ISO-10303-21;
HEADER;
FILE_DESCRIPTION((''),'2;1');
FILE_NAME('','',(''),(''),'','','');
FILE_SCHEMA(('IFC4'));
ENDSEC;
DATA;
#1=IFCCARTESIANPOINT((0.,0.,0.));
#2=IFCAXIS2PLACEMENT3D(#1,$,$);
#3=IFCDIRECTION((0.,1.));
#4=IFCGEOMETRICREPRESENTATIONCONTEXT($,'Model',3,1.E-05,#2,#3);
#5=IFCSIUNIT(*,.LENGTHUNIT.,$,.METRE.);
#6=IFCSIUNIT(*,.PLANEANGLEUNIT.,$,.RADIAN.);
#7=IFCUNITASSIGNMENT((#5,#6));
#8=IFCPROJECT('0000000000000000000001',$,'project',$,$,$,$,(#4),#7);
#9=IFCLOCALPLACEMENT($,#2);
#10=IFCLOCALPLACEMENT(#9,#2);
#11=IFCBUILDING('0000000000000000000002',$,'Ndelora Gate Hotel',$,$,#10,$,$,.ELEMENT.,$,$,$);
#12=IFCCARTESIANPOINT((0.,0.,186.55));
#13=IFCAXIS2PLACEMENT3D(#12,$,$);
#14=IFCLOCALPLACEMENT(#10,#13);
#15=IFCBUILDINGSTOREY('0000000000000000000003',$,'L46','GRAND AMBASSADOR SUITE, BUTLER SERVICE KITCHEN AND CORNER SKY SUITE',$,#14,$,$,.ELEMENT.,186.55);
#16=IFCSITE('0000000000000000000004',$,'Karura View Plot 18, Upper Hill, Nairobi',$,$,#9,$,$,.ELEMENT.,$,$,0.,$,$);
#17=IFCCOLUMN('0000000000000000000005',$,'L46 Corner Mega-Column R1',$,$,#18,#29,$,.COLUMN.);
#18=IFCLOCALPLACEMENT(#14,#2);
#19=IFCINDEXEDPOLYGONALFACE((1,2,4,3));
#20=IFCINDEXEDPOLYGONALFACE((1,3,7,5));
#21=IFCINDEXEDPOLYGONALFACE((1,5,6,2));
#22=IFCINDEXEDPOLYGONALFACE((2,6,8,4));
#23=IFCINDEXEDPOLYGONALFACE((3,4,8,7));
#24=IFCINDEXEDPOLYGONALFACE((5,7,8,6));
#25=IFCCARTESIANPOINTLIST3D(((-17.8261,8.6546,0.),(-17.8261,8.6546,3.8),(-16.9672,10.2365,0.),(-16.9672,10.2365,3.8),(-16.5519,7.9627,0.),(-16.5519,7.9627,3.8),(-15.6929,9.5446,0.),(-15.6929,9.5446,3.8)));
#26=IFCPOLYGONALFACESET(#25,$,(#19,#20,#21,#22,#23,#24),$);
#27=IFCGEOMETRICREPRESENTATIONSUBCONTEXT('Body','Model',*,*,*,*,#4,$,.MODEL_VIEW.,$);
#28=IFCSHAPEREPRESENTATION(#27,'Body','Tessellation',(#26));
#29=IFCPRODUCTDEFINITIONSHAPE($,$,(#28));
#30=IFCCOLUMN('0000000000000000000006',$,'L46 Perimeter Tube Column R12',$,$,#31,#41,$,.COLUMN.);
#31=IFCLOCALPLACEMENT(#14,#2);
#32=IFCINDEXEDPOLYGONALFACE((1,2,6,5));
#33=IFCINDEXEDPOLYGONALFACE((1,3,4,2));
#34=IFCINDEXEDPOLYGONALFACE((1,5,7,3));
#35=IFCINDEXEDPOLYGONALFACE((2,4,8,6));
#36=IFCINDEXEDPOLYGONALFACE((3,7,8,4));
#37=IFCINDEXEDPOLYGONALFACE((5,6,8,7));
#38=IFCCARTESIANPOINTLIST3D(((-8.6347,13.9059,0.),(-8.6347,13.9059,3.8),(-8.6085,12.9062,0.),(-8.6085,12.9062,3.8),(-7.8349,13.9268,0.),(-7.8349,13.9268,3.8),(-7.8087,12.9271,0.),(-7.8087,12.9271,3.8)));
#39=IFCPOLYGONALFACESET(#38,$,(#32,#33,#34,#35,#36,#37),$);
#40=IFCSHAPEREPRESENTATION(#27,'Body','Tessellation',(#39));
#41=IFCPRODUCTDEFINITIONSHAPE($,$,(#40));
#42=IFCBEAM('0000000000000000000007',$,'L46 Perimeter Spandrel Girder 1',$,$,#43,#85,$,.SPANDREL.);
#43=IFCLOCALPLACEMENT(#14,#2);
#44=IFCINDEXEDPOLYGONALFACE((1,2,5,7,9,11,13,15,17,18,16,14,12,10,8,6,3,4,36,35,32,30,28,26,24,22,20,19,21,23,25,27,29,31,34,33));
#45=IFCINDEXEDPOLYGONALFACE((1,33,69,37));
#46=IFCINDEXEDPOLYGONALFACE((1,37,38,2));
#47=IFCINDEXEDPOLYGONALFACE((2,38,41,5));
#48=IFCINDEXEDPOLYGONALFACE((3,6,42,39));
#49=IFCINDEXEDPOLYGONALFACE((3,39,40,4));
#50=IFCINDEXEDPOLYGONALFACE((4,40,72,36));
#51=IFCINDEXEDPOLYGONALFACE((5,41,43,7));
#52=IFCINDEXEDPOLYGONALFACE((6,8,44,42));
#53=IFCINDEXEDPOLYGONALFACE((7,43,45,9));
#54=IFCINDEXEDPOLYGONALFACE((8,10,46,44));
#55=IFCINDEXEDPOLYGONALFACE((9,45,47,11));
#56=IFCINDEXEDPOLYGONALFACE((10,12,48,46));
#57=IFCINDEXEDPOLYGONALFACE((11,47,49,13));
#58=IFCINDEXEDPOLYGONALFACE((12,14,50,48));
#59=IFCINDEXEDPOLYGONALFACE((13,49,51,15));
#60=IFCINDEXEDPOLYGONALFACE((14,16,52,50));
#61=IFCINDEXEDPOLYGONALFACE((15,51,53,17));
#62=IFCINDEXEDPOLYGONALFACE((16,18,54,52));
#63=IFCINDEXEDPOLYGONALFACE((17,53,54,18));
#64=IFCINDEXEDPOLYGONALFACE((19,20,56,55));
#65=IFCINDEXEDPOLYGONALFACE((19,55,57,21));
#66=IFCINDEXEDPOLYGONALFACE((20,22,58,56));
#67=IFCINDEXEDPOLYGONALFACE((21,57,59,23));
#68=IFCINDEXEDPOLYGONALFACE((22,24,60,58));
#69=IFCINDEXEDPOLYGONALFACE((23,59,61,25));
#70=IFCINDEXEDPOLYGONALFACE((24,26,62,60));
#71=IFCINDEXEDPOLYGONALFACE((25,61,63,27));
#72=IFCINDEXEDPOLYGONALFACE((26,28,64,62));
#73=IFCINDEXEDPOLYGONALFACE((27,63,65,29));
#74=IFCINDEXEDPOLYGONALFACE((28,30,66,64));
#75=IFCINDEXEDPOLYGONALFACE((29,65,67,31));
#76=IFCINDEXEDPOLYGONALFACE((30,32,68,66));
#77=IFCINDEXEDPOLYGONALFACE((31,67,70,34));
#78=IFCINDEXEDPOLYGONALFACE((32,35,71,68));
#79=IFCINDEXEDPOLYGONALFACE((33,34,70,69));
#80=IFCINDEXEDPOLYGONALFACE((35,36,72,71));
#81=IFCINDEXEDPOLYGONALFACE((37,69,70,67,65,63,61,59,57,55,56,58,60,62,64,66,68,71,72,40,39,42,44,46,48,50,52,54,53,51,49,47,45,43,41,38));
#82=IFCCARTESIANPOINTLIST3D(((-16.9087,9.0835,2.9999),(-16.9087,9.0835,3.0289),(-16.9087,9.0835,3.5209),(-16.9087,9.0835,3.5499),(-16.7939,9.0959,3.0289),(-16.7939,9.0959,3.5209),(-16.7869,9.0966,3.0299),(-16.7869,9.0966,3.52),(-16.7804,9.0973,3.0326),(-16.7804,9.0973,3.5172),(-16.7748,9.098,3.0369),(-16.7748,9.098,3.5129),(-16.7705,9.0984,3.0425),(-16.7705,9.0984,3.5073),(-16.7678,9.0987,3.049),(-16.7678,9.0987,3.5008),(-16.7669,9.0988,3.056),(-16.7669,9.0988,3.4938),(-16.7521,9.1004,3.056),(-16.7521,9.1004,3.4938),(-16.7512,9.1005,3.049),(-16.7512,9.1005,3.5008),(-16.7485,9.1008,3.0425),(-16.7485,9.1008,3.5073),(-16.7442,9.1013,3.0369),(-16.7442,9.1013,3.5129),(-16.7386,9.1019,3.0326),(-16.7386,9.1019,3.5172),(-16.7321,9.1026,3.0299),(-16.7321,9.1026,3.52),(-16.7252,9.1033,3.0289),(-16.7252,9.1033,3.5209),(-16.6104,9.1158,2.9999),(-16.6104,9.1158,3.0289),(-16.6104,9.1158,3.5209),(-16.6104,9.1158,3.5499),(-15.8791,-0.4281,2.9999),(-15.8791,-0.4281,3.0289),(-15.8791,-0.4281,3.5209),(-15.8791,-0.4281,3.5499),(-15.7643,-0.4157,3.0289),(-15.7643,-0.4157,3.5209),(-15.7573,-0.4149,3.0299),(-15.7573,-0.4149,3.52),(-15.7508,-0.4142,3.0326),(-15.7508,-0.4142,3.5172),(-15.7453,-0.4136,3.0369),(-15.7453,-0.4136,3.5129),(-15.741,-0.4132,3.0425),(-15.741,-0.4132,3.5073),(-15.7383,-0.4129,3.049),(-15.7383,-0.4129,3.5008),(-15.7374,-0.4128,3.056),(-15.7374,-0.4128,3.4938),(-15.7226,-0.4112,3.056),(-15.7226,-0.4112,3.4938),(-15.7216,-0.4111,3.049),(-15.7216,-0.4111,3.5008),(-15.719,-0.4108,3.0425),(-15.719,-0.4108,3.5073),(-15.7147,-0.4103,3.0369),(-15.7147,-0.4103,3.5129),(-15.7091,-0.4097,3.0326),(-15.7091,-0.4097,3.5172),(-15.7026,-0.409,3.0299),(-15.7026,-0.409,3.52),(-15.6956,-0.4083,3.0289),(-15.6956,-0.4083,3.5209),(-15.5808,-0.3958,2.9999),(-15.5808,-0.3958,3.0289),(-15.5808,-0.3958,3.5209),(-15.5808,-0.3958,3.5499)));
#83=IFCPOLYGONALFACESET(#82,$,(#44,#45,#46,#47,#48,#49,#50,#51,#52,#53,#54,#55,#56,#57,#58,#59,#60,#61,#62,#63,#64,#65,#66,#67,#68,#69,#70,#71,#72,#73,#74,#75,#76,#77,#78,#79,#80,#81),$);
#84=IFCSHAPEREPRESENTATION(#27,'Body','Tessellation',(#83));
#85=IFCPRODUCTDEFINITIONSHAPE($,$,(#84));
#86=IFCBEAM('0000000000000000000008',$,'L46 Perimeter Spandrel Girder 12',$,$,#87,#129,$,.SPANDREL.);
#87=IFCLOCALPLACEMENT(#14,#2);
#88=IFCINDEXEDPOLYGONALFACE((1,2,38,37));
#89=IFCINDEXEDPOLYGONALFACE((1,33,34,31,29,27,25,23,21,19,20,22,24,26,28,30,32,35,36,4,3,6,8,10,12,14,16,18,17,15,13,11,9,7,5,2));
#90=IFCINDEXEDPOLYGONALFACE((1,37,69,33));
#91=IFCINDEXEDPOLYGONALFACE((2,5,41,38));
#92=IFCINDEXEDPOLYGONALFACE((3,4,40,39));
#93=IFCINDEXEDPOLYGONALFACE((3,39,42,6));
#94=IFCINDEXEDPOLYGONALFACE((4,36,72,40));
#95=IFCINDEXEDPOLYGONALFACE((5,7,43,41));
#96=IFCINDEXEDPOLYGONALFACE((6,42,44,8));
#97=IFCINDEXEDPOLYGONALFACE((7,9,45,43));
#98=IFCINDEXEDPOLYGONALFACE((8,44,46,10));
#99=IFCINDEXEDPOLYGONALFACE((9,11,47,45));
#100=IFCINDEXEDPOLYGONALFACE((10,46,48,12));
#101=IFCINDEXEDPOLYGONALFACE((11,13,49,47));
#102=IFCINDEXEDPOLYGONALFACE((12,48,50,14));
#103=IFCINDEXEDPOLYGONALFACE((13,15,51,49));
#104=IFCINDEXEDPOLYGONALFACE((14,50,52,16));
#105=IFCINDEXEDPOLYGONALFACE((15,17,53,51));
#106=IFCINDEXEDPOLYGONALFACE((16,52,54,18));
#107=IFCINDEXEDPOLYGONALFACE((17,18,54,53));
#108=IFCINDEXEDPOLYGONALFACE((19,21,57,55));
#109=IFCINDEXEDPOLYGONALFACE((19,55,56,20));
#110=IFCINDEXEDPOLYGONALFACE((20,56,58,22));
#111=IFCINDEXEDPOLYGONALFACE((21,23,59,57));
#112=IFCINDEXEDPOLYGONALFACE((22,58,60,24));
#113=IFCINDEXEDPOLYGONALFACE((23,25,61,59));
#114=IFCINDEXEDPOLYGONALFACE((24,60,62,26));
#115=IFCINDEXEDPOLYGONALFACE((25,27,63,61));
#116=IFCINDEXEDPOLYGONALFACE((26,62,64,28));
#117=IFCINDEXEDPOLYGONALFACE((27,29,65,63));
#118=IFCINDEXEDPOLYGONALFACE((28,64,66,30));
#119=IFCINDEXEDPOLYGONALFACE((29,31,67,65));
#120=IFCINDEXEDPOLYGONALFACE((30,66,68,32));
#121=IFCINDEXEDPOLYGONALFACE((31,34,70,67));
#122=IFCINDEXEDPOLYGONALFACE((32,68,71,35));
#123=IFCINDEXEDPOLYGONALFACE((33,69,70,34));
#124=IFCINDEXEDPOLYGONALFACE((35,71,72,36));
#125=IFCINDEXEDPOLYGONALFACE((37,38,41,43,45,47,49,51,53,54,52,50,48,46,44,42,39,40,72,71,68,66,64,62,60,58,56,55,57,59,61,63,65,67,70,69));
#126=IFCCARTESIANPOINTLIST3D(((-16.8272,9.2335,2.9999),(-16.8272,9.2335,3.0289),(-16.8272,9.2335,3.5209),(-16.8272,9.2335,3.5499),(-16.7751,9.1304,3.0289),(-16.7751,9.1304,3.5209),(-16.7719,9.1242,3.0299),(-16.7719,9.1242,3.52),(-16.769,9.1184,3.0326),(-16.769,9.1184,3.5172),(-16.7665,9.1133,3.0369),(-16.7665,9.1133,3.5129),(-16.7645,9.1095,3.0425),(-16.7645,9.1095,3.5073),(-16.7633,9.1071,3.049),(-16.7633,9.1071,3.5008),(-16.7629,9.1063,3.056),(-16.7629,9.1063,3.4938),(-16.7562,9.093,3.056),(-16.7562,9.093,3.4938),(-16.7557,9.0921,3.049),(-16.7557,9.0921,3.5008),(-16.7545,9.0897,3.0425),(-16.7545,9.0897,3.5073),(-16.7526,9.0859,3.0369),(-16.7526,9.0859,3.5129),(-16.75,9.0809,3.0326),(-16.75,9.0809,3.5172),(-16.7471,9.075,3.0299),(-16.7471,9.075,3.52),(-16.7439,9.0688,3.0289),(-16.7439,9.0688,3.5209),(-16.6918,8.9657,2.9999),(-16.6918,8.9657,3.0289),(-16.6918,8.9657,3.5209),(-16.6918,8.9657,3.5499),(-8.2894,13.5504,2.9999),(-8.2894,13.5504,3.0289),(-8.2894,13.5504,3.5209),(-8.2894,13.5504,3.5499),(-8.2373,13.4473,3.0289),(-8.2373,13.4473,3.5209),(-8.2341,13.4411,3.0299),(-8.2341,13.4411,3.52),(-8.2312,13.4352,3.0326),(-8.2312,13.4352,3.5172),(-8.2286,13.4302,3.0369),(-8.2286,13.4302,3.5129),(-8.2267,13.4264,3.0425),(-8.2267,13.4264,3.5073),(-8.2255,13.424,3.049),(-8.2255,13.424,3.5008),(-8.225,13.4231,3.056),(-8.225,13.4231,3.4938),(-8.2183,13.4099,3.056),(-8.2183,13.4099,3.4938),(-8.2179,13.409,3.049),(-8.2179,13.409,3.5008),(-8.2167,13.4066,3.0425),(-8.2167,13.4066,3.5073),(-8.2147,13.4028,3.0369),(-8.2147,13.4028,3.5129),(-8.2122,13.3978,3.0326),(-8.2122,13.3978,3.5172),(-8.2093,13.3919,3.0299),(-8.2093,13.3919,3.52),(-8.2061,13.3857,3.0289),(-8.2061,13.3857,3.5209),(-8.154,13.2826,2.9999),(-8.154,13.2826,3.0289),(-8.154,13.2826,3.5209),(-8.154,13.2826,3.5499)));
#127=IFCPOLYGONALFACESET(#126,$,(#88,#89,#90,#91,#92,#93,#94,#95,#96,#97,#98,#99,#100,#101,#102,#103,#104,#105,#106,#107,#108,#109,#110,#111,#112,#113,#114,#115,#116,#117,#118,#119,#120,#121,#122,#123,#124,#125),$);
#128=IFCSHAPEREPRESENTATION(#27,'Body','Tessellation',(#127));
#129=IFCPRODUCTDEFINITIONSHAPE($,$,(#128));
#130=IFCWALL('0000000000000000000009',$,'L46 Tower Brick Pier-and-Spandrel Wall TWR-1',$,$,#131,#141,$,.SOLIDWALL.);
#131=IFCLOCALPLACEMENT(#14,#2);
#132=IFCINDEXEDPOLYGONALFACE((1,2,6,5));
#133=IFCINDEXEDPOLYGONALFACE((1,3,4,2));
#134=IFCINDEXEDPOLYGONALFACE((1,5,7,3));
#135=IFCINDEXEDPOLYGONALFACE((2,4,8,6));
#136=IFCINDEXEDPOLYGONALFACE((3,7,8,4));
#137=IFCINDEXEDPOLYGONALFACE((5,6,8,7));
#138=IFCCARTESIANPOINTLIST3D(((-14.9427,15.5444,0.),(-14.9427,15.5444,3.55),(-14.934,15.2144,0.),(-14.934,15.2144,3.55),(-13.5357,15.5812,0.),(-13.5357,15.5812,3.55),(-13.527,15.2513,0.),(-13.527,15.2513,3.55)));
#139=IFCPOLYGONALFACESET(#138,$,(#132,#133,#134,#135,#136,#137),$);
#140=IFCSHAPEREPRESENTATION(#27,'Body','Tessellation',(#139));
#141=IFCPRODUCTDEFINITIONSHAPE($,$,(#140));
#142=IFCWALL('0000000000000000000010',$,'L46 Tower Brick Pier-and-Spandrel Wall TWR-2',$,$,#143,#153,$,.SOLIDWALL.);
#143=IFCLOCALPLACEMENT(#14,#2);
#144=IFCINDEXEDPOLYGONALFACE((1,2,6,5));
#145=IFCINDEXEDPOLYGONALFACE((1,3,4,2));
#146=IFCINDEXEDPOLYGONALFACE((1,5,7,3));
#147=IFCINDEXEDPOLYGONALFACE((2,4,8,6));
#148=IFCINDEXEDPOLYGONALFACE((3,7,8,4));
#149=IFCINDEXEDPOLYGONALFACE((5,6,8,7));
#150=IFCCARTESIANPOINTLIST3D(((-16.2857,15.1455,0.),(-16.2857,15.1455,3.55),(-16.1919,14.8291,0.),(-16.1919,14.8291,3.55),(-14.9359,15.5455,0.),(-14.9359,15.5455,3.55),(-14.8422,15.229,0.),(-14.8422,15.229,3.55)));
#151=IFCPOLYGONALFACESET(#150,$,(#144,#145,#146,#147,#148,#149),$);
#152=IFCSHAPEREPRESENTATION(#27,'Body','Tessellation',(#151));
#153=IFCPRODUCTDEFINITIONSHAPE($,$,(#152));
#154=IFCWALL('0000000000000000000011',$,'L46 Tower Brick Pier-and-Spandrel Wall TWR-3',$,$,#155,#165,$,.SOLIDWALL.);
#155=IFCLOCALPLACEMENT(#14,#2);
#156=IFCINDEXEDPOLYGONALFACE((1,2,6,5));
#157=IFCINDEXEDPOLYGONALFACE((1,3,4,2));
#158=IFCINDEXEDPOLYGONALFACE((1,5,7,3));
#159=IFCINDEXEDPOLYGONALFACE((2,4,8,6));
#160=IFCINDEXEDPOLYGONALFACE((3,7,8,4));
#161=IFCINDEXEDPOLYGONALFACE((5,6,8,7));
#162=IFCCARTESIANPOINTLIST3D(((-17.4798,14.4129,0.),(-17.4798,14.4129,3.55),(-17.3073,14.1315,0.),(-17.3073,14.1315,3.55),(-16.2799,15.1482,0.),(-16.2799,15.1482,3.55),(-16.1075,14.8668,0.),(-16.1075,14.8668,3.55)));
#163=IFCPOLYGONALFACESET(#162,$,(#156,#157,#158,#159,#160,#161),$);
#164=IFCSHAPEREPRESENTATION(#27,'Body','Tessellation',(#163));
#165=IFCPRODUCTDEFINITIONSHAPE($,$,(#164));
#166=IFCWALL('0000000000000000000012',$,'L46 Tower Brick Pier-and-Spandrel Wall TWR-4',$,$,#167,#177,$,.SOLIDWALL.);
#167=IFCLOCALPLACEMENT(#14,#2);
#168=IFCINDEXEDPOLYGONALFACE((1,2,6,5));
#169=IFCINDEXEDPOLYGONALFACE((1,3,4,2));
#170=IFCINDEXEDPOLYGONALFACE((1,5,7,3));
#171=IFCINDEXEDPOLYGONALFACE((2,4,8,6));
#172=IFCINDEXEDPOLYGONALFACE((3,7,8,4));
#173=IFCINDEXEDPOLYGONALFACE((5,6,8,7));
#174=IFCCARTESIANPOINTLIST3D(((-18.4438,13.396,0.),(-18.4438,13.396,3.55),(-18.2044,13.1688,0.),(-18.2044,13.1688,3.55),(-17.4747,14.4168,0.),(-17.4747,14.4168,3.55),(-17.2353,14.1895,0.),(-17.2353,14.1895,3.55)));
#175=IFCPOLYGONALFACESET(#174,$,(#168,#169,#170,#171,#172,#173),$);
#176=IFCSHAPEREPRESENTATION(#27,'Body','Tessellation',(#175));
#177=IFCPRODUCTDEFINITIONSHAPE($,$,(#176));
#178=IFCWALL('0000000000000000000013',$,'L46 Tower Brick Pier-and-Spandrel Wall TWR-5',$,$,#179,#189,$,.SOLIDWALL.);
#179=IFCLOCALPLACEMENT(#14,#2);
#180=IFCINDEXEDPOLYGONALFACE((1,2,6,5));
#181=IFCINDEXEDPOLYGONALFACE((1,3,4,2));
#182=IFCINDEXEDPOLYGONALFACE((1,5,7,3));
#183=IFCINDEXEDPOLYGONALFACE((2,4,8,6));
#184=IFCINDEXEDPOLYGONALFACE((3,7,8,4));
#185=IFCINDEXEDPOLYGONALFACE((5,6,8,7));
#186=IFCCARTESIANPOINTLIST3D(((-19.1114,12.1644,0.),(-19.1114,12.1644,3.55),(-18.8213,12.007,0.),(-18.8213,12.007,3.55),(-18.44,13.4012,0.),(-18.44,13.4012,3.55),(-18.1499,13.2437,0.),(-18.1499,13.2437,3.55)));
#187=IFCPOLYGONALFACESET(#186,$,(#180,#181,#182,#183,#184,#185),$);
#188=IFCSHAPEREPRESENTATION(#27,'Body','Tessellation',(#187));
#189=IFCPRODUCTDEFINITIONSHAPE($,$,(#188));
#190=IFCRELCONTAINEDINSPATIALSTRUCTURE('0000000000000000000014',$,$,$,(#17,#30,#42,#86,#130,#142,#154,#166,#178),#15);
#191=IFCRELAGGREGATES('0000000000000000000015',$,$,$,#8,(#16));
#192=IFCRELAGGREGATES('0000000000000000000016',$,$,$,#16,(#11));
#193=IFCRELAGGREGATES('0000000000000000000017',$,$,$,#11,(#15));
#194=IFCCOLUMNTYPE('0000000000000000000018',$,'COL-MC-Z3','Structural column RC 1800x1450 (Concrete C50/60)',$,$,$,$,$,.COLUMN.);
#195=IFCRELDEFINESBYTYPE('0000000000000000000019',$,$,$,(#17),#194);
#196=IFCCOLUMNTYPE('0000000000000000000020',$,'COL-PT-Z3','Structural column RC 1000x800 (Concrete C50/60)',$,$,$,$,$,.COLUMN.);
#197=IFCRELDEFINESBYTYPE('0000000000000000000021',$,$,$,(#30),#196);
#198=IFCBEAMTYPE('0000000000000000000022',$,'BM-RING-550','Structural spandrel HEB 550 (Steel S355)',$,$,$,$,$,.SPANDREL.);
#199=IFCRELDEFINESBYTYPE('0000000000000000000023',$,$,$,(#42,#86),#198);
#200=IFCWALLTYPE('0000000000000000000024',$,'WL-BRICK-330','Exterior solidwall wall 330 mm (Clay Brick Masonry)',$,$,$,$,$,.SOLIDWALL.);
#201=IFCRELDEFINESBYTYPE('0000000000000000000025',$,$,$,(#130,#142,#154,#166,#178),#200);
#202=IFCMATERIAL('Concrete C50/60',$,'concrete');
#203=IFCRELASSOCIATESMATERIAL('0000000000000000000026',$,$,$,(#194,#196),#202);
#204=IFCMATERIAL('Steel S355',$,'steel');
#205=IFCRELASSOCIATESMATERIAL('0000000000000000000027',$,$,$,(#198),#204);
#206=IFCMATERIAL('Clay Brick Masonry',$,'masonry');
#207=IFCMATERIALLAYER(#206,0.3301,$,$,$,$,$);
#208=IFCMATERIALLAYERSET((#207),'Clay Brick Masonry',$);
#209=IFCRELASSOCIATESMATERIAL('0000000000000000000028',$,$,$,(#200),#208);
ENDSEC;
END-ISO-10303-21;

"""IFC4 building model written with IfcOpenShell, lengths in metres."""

from ifc_helpers import new_model, si_unit, direction, frame, frame_2d, origin, origin_2d, place, context, subcontext, project, spatial, rectangle, i_section, extrude, material, layer, layer_set, material_profile, profile_set, type_object, element, save


model = new_model("IFC4")

# Units and contexts
model_context = context("Model", 3, precision=1e-05, world=origin(), true_north=direction((0.0, 1.0)))
body_context = subcontext(model_context, "Body", "Model", "MODEL_VIEW")
ifc_project = project(units=[si_unit("LENGTHUNIT", "METRE"), si_unit("PLANEANGLEUNIT", "RADIAN")], contexts=[model_context])

# Site, building, storey
site_placement = place(None, origin())
site = spatial("IfcSite", under=ifc_project, at=site_placement, Name="Karura View Plot 18, Upper Hill, Nairobi", CompositionType="ELEMENT", RefElevation=0.0)
building_placement = place(site_placement, origin())
building = spatial("IfcBuilding", under=site, at=building_placement, Name="Ndelora Gate Hotel", CompositionType="ELEMENT")
storey_placement = place(building_placement, frame((0.0, 0.0, 186.55)))
storey = spatial("IfcBuildingStorey", under=building, at=storey_placement, Name="L46", Description="GRAND AMBASSADOR SUITE, BUTLER SERVICE KITCHEN AND CORNER SKY SUITE", CompositionType="ELEMENT", Elevation=186.55)

# Columns
ifc_material_1 = material(Name="Concrete C50/60", Category="concrete")
ifc_material_profile_1 = material_profile(ifc_material_1, rectangle(XDim=1.45, YDim=1.8, at=origin_2d()), Name="RC 1800x1450")
ifc_profile_set_1 = profile_set([ifc_material_profile_1], Name="Concrete C50/60")
column_type_1 = type_object("IfcColumnType", Name="COL-MC-Z3", Description="Structural column RC 1800x1450 (Concrete C50/60)", PredefinedType="COLUMN", material=ifc_profile_set_1)
column_1_placement = place(storey_placement, frame((-16.7595, 9.0996, 0.0), z_axis=(0.0, 0.0, 1.0), x_axis=(-0.878817, 0.477159, 0.0)))
element("IfcColumn", 1, at=column_1_placement, inside=storey, type_object=column_type_1, Name="L46 Corner Mega-Column R1", PredefinedType="COLUMN", context=body_context, shape_type="SweptSolid", body=[
    extrude(rectangle(XDim=1.45, YDim=1.8, at=origin_2d()), origin(), (0.0, 0.0, 1.0), 3.8),
])
ifc_material_profile_2 = material_profile(ifc_material_1, rectangle(XDim=0.8, YDim=1.0, at=origin_2d()), Name="RC 1000x800")
ifc_profile_set_2 = profile_set([ifc_material_profile_2], Name="Concrete C50/60")
column_type_2 = type_object("IfcColumnType", Name="COL-PT-Z3", Description="Structural column RC 1000x800 (Concrete C50/60)", PredefinedType="COLUMN", material=ifc_profile_set_2)
column_2_placement = place(storey_placement, frame((-8.2217, 13.4165, 0.0), z_axis=(0.0, 0.0, 1.0), x_axis=(0.999657, 0.026177, 0.0)))
element("IfcColumn", 2, at=column_2_placement, inside=storey, type_object=column_type_2, Name="L46 Perimeter Tube Column R12", PredefinedType="COLUMN", context=body_context, shape_type="SweptSolid", body=[
    extrude(rectangle(XDim=0.8, YDim=1.0, at=origin_2d()), origin(), (0.0, 0.0, 1.0), 3.8),
])

# Beams
ifc_material_2 = material(Name="Steel S355", Category="steel")
ifc_material_profile_3 = material_profile(ifc_material_2, i_section(OverallWidth=0.3, OverallDepth=0.55, WebThickness=0.0149, FlangeThickness=0.0291, FilletRadius=0.0271, at=origin_2d()), Name="HEB 550")
ifc_profile_set_3 = profile_set([ifc_material_profile_3], Name="Steel S355")
beam_type = type_object("IfcBeamType", Name="BM-RING-550", Description="Structural spandrel HEB 550 (Steel S355)", PredefinedType="SPANDREL", material=ifc_profile_set_3)
for number, where, z_axis, x_axis, name in (
    (3, (-16.7595, 9.0996, 3.2749), (0.107613, -0.994193, 0.0), (0.994193, 0.107613, 0.0), "L46 Perimeter Spandrel Girder 1"),
    (4, (-8.2217, 13.4165, 3.2749), (-0.892412, -0.451221, 0.0), (0.451221, -0.892412, 0.0), "L46 Perimeter Spandrel Girder 12"),
):
    element("IfcBeam", number, at=place(storey_placement, frame(where, z_axis=z_axis, x_axis=x_axis)), inside=storey, type_object=beam_type, Name=name, PredefinedType="SPANDREL", context=body_context, shape_type="SweptSolid", body=[
        extrude(i_section(OverallWidth=0.3, OverallDepth=0.55, WebThickness=0.0149, FlangeThickness=0.0291, FilletRadius=0.0271, at=origin_2d()), origin(), (0.0, 0.0, 1.0), 9.5671),
    ])

# Walls
ifc_material_3 = material(Name="Clay Brick Masonry", Category="masonry")
ifc_layer_1 = layer(ifc_material_3, 0.3301)
ifc_layer_set_1 = layer_set([ifc_layer_1], Name="Clay Brick Masonry")
wall_type_1 = type_object("IfcWallType", Name="WL-BRICK-330", Description="Exterior solidwall wall 330 mm (Clay Brick Masonry)", PredefinedType="SOLIDWALL", material=ifc_layer_set_1)
wall_1_placement = place(storey_placement, frame((-14.9382, 15.3794, 0.0), z_axis=(0.0, 0.0, 1.0), x_axis=(0.999657, 0.026193, 0.0)))
element("IfcWall", 5, at=wall_1_placement, inside=storey, type_object=wall_type_1, Name="L46 Tower Brick Pier-and-Spandrel Wall TWR-1", PredefinedType="SOLIDWALL", context=body_context, shape_type="SweptSolid", body=[
    extrude(rectangle(XDim=1.4075, YDim=0.3301, at=frame_2d((0.7036, 0.0))), origin(), (0.0, 0.0, 1.0), 3.55),
])
wall_2_placement = place(storey_placement, frame((-16.2388, 14.9873, 0.0), z_axis=(0.0, 0.0, 1.0), x_axis=(0.958795, 0.2841, 0.0)))
element("IfcWall", 6, at=wall_2_placement, inside=storey, type_object=wall_type_1, Name="L46 Tower Brick Pier-and-Spandrel Wall TWR-2", PredefinedType="SOLIDWALL", context=body_context, shape_type="SweptSolid", body=[
    extrude(rectangle(XDim=1.4077, YDim=0.3301, at=frame_2d((0.7039, 0.0))), origin(), (0.0, 0.0, 1.0), 3.55),
])
wall_3_placement = place(storey_placement, frame((-17.3936, 14.2722, 0.0), z_axis=(0.0, 0.0, 1.0), x_axis=(0.852634, 0.522509, 0.0)))
element("IfcWall", 7, at=wall_3_placement, inside=storey, type_object=wall_type_1, Name="L46 Tower Brick Pier-and-Spandrel Wall TWR-3", PredefinedType="SOLIDWALL", context=body_context, shape_type="SweptSolid", body=[
    extrude(rectangle(XDim=1.4072, YDim=0.3301, at=frame_2d((0.7036, 0.0))), origin(), (0.0, 0.0, 1.0), 3.55),
])
wall_4_placement = place(storey_placement, frame((-18.324, 13.2825, 0.0), z_axis=(0.0, 0.0, 1.0), x_axis=(0.68848, 0.725255, 0.0)))
element("IfcWall", 8, at=wall_4_placement, inside=storey, type_object=wall_type_1, Name="L46 Tower Brick Pier-and-Spandrel Wall TWR-4", PredefinedType="SOLIDWALL", context=body_context, shape_type="SweptSolid", body=[
    extrude(rectangle(XDim=1.4075, YDim=0.3301, at=frame_2d((0.7036, 0.0))), origin(), (0.0, 0.0, 1.0), 3.55),
])
wall_5_placement = place(storey_placement, frame((-18.9663, 12.0857, 0.0), z_axis=(0.0, 0.0, 1.0), x_axis=(0.477077, 0.878862, 0.0)))
element("IfcWall", 9, at=wall_5_placement, inside=storey, type_object=wall_type_1, Name="L46 Tower Brick Pier-and-Spandrel Wall TWR-5", PredefinedType="SOLIDWALL", context=body_context, shape_type="SweptSolid", body=[
    extrude(rectangle(XDim=1.4072, YDim=0.3301, at=frame_2d((0.7036, 0.0))), origin(), (0.0, 0.0, 1.0), 3.55),
])

save(model, "model.ifc")
